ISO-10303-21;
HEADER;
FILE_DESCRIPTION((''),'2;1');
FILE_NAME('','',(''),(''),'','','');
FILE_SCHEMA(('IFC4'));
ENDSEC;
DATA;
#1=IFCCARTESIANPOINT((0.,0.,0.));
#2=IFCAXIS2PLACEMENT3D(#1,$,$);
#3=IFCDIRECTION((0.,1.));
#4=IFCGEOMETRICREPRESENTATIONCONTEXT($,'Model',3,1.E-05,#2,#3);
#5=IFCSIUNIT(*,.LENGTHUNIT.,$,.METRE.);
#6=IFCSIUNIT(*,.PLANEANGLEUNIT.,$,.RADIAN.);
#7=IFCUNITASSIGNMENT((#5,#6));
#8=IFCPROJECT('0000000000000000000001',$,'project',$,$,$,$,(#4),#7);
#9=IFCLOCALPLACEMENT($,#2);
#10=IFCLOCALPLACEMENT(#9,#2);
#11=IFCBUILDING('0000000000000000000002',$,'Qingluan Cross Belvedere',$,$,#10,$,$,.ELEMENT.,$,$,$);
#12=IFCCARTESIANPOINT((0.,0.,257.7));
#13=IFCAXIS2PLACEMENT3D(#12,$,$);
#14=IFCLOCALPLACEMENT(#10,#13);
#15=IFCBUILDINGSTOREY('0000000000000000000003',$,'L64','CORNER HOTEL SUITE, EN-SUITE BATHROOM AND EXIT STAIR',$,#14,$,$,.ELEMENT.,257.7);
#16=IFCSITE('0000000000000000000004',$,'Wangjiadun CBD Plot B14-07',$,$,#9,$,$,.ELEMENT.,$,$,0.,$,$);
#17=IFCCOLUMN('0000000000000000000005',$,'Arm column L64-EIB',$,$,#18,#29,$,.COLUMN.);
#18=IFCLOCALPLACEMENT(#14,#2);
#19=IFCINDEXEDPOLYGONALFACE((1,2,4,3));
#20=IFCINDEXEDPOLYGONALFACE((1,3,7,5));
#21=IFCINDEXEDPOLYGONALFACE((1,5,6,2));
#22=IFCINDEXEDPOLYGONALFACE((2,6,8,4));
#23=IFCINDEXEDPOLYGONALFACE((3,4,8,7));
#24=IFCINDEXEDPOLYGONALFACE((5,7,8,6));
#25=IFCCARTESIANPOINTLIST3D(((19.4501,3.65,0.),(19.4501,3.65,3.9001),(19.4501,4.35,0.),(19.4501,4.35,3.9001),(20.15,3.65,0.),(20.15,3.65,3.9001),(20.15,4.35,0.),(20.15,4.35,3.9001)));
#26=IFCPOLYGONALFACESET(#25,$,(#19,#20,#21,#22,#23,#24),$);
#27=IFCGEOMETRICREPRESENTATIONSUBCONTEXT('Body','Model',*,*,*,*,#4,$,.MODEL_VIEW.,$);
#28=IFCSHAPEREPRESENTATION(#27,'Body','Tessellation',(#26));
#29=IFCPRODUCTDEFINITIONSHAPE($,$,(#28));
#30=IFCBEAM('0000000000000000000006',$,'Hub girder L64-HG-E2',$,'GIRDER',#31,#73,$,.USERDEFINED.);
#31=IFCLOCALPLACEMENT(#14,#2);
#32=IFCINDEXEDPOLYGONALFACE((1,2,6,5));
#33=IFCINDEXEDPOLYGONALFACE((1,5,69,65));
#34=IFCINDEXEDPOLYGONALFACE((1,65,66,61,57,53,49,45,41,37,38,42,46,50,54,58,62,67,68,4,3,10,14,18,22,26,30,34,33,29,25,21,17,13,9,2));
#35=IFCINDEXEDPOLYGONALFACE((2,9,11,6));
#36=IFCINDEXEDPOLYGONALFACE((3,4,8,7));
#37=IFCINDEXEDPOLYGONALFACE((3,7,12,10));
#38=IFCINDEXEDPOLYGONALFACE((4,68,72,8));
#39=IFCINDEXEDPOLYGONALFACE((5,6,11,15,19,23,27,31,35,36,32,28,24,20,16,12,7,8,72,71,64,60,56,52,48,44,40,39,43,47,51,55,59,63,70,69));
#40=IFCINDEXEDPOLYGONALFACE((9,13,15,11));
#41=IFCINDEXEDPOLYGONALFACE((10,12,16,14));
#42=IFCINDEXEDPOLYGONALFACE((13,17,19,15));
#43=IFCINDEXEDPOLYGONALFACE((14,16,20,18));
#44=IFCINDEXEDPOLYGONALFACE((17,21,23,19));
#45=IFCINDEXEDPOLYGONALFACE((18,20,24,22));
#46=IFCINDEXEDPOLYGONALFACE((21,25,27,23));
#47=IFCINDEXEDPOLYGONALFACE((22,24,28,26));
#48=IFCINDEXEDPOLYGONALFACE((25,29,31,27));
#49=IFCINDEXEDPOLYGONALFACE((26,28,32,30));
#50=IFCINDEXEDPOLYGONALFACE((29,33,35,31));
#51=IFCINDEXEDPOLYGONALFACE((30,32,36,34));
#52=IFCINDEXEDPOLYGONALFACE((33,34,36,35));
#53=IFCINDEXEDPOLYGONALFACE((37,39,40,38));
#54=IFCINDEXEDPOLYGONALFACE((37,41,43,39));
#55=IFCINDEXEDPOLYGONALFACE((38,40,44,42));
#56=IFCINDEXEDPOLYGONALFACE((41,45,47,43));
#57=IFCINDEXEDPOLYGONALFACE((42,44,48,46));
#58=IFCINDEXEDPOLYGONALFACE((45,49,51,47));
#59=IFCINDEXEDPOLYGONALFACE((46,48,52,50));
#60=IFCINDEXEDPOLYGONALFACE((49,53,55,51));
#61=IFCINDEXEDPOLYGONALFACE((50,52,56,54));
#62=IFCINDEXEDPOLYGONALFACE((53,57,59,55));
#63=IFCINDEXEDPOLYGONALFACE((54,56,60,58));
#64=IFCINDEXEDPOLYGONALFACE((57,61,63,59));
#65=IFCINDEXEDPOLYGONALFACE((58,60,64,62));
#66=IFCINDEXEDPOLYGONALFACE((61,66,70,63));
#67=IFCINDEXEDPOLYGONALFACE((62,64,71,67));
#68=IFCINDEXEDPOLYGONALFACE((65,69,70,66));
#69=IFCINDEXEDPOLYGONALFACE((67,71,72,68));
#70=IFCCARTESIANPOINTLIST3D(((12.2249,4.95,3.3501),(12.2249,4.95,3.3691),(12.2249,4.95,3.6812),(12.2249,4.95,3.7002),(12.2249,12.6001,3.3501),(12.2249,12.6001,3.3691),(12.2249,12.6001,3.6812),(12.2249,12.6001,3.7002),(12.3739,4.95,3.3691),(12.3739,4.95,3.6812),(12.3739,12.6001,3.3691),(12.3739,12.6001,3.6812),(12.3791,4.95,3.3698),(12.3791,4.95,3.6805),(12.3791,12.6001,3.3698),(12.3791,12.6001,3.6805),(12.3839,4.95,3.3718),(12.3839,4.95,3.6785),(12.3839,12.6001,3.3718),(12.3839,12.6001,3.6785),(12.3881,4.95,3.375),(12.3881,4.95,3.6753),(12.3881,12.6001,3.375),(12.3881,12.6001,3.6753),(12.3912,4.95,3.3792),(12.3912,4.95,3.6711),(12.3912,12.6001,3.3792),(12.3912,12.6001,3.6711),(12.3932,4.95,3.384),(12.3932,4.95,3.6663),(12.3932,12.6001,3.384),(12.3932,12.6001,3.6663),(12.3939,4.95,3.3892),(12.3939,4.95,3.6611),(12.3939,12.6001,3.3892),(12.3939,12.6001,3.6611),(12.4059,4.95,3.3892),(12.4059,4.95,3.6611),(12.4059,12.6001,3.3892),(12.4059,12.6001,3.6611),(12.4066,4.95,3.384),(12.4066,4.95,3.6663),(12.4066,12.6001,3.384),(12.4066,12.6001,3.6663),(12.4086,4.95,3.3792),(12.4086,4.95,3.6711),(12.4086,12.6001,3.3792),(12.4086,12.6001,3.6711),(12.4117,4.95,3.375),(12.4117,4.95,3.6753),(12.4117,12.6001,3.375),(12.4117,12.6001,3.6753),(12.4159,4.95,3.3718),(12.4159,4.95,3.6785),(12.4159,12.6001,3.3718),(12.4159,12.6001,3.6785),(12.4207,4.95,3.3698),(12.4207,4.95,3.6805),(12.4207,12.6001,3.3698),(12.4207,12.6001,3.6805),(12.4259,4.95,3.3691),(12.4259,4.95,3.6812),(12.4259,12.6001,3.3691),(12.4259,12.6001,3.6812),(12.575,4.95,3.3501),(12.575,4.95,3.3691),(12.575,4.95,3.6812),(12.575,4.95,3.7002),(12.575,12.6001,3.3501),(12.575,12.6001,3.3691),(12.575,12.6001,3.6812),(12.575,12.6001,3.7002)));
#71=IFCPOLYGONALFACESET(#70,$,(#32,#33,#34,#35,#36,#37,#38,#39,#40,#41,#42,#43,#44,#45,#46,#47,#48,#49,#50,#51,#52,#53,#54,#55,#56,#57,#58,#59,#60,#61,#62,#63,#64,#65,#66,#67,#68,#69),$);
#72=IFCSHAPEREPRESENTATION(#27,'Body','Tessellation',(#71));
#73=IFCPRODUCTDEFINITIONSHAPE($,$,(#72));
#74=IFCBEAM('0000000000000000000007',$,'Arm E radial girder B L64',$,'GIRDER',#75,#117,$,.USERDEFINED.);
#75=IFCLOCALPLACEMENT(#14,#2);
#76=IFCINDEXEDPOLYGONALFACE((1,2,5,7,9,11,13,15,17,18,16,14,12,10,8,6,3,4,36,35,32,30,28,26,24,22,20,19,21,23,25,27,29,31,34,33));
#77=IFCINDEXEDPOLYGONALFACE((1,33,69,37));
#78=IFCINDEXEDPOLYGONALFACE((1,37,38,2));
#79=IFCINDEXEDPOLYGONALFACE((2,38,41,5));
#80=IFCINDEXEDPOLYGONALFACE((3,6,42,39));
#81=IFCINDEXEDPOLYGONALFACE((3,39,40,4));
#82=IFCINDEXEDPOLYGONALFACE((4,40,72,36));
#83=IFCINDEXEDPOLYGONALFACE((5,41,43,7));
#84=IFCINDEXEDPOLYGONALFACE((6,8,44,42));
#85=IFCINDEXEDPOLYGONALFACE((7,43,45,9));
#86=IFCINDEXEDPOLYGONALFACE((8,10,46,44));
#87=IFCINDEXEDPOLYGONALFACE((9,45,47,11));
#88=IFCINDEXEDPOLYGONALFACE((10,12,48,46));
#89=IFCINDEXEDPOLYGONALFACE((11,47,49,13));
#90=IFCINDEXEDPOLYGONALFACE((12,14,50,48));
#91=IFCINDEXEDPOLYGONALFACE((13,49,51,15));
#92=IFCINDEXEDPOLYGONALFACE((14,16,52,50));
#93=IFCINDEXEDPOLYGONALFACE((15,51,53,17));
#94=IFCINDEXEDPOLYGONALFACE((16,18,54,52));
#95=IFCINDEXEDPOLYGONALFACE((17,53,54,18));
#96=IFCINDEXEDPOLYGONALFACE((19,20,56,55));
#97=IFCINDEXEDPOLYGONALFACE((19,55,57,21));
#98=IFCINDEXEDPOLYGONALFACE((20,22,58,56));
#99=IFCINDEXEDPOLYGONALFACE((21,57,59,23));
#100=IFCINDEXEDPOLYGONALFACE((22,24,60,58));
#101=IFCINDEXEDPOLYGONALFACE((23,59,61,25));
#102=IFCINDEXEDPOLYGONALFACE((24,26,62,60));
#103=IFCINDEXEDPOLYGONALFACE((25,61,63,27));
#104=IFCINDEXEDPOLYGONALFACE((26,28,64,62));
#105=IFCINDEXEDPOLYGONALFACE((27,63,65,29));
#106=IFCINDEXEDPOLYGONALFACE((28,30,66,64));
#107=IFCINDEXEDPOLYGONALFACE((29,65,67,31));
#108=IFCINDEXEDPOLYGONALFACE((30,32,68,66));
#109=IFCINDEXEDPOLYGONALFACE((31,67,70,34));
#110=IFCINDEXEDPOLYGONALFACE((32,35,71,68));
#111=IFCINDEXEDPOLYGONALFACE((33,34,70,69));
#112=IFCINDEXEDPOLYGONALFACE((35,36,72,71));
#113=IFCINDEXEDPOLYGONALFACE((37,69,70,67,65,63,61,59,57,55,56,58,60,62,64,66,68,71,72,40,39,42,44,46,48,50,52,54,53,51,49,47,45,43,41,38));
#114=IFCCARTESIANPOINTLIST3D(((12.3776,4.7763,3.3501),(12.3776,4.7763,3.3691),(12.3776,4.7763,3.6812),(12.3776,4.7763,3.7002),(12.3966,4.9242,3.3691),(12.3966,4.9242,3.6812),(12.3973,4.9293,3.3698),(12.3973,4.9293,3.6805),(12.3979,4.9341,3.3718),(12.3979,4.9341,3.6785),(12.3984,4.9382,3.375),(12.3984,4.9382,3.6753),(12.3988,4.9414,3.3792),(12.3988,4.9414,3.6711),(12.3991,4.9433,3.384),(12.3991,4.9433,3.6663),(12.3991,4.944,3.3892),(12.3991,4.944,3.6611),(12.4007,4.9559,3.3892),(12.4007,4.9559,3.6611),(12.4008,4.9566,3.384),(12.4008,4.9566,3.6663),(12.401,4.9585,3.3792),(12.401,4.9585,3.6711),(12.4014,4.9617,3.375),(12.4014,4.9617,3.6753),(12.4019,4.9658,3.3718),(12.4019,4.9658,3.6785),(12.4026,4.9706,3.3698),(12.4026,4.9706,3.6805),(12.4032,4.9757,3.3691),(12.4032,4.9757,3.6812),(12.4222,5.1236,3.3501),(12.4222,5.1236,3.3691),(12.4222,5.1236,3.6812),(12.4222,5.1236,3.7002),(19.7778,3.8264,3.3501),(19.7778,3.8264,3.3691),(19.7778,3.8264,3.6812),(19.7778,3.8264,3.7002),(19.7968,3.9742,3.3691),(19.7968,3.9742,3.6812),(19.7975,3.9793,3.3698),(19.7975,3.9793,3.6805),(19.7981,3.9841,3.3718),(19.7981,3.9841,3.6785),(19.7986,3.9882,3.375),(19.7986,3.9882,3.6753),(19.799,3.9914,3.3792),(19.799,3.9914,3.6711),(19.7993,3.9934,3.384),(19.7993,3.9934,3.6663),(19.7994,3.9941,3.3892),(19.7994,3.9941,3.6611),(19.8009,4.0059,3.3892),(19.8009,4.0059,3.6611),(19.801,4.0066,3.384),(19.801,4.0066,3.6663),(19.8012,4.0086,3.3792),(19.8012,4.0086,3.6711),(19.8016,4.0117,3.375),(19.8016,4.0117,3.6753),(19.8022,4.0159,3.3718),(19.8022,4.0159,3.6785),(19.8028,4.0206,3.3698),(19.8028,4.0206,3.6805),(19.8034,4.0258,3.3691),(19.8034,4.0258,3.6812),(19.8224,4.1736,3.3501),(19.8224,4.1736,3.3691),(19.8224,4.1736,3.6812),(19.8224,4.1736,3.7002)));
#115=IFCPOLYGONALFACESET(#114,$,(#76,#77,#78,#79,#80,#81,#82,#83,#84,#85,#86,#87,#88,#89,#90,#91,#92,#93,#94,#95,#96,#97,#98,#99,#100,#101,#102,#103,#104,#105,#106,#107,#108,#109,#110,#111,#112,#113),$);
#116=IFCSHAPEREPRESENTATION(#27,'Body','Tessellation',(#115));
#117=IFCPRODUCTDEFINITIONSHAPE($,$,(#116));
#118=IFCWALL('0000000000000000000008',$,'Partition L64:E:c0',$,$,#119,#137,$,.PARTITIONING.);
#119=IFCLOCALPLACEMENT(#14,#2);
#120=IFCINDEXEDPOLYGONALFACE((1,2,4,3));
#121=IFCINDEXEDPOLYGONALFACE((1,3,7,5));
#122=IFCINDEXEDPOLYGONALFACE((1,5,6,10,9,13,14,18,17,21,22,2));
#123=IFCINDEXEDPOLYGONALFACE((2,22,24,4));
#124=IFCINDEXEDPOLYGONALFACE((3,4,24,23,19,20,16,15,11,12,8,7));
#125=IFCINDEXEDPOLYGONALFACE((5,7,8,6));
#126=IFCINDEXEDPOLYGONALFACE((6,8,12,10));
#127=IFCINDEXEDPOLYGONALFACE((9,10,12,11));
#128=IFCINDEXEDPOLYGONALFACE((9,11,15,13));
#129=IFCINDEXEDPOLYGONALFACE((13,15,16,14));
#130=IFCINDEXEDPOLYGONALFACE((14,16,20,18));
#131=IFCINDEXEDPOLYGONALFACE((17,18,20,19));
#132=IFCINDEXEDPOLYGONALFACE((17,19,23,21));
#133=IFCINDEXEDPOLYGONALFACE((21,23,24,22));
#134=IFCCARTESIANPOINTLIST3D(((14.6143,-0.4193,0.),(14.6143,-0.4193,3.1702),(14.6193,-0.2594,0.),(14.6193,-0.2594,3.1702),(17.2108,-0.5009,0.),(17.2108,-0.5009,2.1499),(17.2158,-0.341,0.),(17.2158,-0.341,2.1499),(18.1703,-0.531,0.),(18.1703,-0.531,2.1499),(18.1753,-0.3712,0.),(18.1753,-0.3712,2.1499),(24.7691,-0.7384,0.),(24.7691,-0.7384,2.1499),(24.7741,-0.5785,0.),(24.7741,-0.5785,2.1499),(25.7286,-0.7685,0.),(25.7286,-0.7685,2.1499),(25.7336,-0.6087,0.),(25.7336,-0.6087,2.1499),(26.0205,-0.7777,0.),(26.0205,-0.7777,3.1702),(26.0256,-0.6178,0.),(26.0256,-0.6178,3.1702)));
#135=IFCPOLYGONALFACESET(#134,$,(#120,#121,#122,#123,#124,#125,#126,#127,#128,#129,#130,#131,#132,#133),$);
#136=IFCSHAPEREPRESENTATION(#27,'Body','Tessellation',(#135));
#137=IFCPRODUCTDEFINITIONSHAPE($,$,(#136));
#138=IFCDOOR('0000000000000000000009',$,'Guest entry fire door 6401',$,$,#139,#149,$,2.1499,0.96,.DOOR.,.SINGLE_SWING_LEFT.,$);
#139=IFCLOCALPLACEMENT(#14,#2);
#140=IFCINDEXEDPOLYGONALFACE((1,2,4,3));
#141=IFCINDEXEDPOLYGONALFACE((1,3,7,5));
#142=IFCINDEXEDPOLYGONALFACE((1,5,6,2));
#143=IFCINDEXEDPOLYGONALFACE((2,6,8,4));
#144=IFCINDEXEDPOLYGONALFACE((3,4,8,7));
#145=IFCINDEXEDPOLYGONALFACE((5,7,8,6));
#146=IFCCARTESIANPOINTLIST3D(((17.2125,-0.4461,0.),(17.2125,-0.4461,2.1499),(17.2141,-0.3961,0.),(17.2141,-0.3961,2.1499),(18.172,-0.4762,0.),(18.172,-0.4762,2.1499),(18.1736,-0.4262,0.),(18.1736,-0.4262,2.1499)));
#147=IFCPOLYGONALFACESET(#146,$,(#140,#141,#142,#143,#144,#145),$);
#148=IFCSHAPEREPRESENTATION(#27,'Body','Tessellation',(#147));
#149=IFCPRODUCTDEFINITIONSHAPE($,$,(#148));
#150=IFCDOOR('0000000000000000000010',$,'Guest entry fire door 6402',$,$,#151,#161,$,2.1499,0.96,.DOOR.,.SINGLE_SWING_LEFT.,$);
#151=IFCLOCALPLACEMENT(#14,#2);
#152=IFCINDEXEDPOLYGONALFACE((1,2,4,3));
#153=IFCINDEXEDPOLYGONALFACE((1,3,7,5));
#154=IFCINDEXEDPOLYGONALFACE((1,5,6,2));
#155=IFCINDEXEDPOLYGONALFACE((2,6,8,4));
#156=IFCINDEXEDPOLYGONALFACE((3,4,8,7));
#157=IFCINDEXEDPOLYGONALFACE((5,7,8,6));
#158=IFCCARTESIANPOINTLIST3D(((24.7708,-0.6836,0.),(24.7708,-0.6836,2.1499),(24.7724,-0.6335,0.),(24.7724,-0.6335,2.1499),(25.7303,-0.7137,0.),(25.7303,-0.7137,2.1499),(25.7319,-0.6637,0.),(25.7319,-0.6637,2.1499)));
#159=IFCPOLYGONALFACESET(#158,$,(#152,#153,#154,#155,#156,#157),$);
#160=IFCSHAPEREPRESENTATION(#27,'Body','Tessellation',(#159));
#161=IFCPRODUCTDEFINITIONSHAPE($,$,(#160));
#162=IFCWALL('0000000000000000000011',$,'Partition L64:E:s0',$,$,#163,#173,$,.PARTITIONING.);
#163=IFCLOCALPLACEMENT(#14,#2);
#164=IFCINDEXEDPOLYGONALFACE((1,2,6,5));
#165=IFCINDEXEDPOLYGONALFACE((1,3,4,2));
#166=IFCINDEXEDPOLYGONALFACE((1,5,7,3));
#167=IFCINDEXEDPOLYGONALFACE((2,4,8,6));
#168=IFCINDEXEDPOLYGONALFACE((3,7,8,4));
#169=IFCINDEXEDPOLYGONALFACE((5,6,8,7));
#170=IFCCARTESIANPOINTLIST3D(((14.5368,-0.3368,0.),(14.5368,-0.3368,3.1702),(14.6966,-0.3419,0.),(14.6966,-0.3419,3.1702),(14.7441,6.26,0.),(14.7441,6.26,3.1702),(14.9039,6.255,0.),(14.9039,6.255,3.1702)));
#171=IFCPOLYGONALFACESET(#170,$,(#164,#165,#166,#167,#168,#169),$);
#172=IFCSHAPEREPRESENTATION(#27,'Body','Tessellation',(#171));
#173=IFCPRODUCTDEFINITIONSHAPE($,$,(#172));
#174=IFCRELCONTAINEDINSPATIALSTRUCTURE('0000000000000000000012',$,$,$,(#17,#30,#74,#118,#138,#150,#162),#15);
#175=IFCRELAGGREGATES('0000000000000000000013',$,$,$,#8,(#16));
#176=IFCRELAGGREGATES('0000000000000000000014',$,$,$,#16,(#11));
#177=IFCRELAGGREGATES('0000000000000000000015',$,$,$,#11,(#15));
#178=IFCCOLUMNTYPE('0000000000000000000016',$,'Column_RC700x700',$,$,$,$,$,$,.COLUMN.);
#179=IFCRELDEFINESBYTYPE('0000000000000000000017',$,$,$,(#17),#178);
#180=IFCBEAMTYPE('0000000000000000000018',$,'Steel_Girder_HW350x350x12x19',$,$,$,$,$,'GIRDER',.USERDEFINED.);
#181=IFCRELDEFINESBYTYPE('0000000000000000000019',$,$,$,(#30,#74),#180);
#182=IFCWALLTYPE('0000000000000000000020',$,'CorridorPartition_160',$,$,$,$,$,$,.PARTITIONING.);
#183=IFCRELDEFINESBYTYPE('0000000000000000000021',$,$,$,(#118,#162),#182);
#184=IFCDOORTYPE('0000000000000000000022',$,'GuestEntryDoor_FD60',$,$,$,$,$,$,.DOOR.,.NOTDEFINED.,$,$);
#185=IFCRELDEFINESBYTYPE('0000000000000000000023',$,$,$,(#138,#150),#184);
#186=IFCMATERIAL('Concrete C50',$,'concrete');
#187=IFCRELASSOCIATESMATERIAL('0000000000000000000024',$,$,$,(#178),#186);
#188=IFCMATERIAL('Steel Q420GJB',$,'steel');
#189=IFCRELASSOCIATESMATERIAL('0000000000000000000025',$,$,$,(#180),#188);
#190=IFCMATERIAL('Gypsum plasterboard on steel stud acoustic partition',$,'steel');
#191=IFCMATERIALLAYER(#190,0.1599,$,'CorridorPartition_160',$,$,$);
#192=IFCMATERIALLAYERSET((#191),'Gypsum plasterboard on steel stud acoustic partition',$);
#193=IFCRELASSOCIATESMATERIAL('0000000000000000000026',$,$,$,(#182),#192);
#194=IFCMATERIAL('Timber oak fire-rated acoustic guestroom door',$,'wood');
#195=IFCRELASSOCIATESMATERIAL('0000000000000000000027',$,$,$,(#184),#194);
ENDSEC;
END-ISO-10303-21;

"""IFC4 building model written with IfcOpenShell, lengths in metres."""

from ifc_helpers import new_model, si_unit, direction, frame, frame_2d, origin, origin_2d, place, context, subcontext, project, spatial, rectangle, i_section, extrude, material, layer, layer_set, material_profile, profile_set, type_object, element, fill, save


model = new_model("IFC4")

# Units and contexts
model_context = context("Model", 3, precision=1e-05, world=origin(), true_north=direction((0.0, 1.0)))
body_context = subcontext(model_context, "Body", "Model", "MODEL_VIEW")
ifc_project = project(units=[si_unit("LENGTHUNIT", "METRE"), si_unit("PLANEANGLEUNIT", "RADIAN")], contexts=[model_context])

# Site, building, storey
site_placement = place(None, origin())
site = spatial("IfcSite", under=ifc_project, at=site_placement, Name="Wangjiadun CBD Plot B14-07", CompositionType="ELEMENT", RefElevation=0.0)
building_placement = place(site_placement, origin())
building = spatial("IfcBuilding", under=site, at=building_placement, Name="Qingluan Cross Belvedere", CompositionType="ELEMENT")
storey_placement = place(building_placement, frame((0.0, 0.0, 257.7)))
storey = spatial("IfcBuildingStorey", under=building, at=storey_placement, Name="L64", Description="CORNER HOTEL SUITE, EN-SUITE BATHROOM AND EXIT STAIR", CompositionType="ELEMENT", Elevation=257.7)

# Column
ifc_material_1 = material(Name="Concrete C50", Category="concrete")
ifc_material_profile_1 = material_profile(ifc_material_1, rectangle(XDim=0.7, YDim=0.7, at=origin_2d()), Name="RC700x700")
ifc_profile_set_1 = profile_set([ifc_material_profile_1], Name="Concrete C50")
column_type = type_object("IfcColumnType", Name="Column_RC700x700", PredefinedType="COLUMN", material=ifc_profile_set_1)
column_placement = place(storey_placement, frame((19.8, 4.0, 0.0), z_axis=(0.0, 0.0, 1.0), x_axis=(1.0, 0.0, 0.0)))
element("IfcColumn", 1, at=column_placement, inside=storey, type_object=column_type, Name="Arm column L64-EIB", PredefinedType="COLUMN", context=body_context, shape_type="SweptSolid", body=[
    extrude(rectangle(XDim=0.7, YDim=0.7, at=origin_2d()), origin(), (0.0, 0.0, 1.0), 3.9001),
])

# Beams
ifc_material_2 = material(Name="Steel Q420GJB", Category="steel")
ifc_material_profile_2 = material_profile(ifc_material_2, i_section(OverallWidth=0.3501, OverallDepth=0.3501, WebThickness=0.012, FlangeThickness=0.019, FilletRadius=0.02, at=origin_2d()), Name="HW350x350x12x19")
ifc_profile_set_2 = profile_set([ifc_material_profile_2], Name="Steel Q420GJB")
beam_type = type_object("IfcBeamType", Name="Steel_Girder_HW350x350x12x19", ElementType="GIRDER", PredefinedType="USERDEFINED", material=ifc_profile_set_2)
beam_1_placement = place(storey_placement, frame((12.3999, 4.95, 3.5251), z_axis=(0.0, 1.0, 0.0), x_axis=(-1.0, 0.0, 0.0)))
element("IfcBeam", 2, at=beam_1_placement, inside=storey, type_object=beam_type, Name="Hub girder L64-HG-E2", ObjectType="GIRDER", PredefinedType="USERDEFINED", context=body_context, shape_type="SweptSolid", body=[
    extrude(i_section(OverallWidth=0.3501, OverallDepth=0.3501, WebThickness=0.012, FlangeThickness=0.019, FilletRadius=0.02, at=origin_2d()), origin(), (0.0, 0.0, 1.0), 7.6501),
])
beam_2_placement = place(storey_placement, frame((12.3999, 4.95, 3.5251), z_axis=(0.991861, -0.127324, 0.0), x_axis=(0.127324, 0.991861, 0.0)))
element("IfcBeam", 3, at=beam_2_placement, inside=storey, type_object=beam_type, Name="Arm E radial girder B L64", ObjectType="GIRDER", PredefinedType="USERDEFINED", context=body_context, shape_type="SweptSolid", body=[
    extrude(i_section(OverallWidth=0.3501, OverallDepth=0.3501, WebThickness=0.012, FlangeThickness=0.019, FilletRadius=0.02, at=origin_2d()), origin(), (0.0, 0.0, 1.0), 7.4609),
])

# Wall, openings, doors
ifc_material_3 = material(Name="Gypsum plasterboard on steel stud acoustic partition", Category="steel")
ifc_layer_1 = layer(ifc_material_3, 0.1599, Name="CorridorPartition_160")
ifc_layer_set_1 = layer_set([ifc_layer_1], Name="Gypsum plasterboard on steel stud acoustic partition")
wall_type_1 = type_object("IfcWallType", Name="CorridorPartition_160", PredefinedType="PARTITIONING", material=ifc_layer_set_1)
wall_1_placement = place(storey_placement, frame((14.6167, -0.3394, 0.0), z_axis=(0.0, 0.0, 1.0), x_axis=(0.999507, -0.031406, 0.0)))
wall_1 = element("IfcWall", 4, at=wall_1_placement, inside=storey, type_object=wall_type_1, Name="Partition L64:E:c0", PredefinedType="PARTITIONING", context=body_context, shape_type="SweptSolid", body=[
    extrude(rectangle(XDim=11.4119, YDim=0.1599, at=frame_2d((5.7061, 0.0))), origin(), (0.0, 0.0, 1.0), 3.1702),
])
opening_1_placement = place(wall_1_placement, frame((2.5979, 0.0, 0.0)))
opening_1 = element("IfcOpeningElement", 5, at=opening_1_placement, cuts=wall_1, PredefinedType="OPENING", context=body_context, shape_type="SweptSolid", body=[
    extrude(rectangle(XDim=0.96, YDim=2.1499, at=frame_2d((0.48, 1.075))), frame((0.0, 0.0898, 0.0), z_axis=(0.0, -1.0, 0.0), x_axis=(1.0, 0.0, 0.0)), (0.0, 0.0, 1.0), 0.1799),
])
opening_2_placement = place(wall_1_placement, frame((10.1599, 0.0, 0.0)))
opening_2 = element("IfcOpeningElement", 6, at=opening_2_placement, cuts=wall_1, PredefinedType="OPENING", context=body_context, shape_type="SweptSolid", body=[
    extrude(rectangle(XDim=0.96, YDim=2.1499, at=frame_2d((0.48, 1.075))), frame((0.0, 0.0898, 0.0), z_axis=(0.0, -1.0, 0.0), x_axis=(1.0, 0.0, 0.0)), (0.0, 0.0, 1.0), 0.1799),
])
ifc_material_4 = material(Name="Timber oak fire-rated acoustic guestroom door", Category="wood")
door_type_1 = type_object("IfcDoorType", Name="GuestEntryDoor_FD60", OperationType="NOTDEFINED", PredefinedType="DOOR", material=ifc_material_4)
door_1_placement = place(opening_1_placement, origin())
door_1 = element("IfcDoor", 7, at=door_1_placement, inside=storey, type_object=door_type_1, Name="Guest entry fire door 6401", OperationType="SINGLE_SWING_LEFT", OverallHeight=2.1499, OverallWidth=0.96, PredefinedType="DOOR", context=body_context, shape_type="SweptSolid", body=[
    extrude(rectangle(XDim=0.96, YDim=2.1499, at=frame_2d((0.48, 1.075))), frame((0.0, 0.0249, 0.0), z_axis=(0.0, -1.0, 0.0), x_axis=(1.0, 0.0, 0.0)), (0.0, 0.0, 1.0), 0.05),
])
fill(opening_1, door_1)
door_2_placement = place(opening_2_placement, origin())
door_2 = element("IfcDoor", 8, at=door_2_placement, inside=storey, type_object=door_type_1, Name="Guest entry fire door 6402", OperationType="SINGLE_SWING_LEFT", OverallHeight=2.1499, OverallWidth=0.96, PredefinedType="DOOR", context=body_context, shape_type="SweptSolid", body=[
    extrude(rectangle(XDim=0.96, YDim=2.1499, at=frame_2d((0.48, 1.075))), frame((0.0, 0.0249, 0.0), z_axis=(0.0, -1.0, 0.0), x_axis=(1.0, 0.0, 0.0)), (0.0, 0.0, 1.0), 0.05),
])
fill(opening_2, door_2)

# Wall
wall_2_placement = place(storey_placement, frame((14.6167, -0.3394, 0.0), z_axis=(0.0, 0.0, 1.0), x_axis=(0.031405, 0.999507, 0.0)))
element("IfcWall", 9, at=wall_2_placement, inside=storey, type_object=wall_type_1, Name="Partition L64:E:s0", PredefinedType="PARTITIONING", context=body_context, shape_type="SweptSolid", body=[
    extrude(rectangle(XDim=6.6001, YDim=0.1599, at=frame_2d((3.3, 0.0))), origin(), (0.0, 0.0, 1.0), 3.1702),
])

save(model, "model.ifc")
